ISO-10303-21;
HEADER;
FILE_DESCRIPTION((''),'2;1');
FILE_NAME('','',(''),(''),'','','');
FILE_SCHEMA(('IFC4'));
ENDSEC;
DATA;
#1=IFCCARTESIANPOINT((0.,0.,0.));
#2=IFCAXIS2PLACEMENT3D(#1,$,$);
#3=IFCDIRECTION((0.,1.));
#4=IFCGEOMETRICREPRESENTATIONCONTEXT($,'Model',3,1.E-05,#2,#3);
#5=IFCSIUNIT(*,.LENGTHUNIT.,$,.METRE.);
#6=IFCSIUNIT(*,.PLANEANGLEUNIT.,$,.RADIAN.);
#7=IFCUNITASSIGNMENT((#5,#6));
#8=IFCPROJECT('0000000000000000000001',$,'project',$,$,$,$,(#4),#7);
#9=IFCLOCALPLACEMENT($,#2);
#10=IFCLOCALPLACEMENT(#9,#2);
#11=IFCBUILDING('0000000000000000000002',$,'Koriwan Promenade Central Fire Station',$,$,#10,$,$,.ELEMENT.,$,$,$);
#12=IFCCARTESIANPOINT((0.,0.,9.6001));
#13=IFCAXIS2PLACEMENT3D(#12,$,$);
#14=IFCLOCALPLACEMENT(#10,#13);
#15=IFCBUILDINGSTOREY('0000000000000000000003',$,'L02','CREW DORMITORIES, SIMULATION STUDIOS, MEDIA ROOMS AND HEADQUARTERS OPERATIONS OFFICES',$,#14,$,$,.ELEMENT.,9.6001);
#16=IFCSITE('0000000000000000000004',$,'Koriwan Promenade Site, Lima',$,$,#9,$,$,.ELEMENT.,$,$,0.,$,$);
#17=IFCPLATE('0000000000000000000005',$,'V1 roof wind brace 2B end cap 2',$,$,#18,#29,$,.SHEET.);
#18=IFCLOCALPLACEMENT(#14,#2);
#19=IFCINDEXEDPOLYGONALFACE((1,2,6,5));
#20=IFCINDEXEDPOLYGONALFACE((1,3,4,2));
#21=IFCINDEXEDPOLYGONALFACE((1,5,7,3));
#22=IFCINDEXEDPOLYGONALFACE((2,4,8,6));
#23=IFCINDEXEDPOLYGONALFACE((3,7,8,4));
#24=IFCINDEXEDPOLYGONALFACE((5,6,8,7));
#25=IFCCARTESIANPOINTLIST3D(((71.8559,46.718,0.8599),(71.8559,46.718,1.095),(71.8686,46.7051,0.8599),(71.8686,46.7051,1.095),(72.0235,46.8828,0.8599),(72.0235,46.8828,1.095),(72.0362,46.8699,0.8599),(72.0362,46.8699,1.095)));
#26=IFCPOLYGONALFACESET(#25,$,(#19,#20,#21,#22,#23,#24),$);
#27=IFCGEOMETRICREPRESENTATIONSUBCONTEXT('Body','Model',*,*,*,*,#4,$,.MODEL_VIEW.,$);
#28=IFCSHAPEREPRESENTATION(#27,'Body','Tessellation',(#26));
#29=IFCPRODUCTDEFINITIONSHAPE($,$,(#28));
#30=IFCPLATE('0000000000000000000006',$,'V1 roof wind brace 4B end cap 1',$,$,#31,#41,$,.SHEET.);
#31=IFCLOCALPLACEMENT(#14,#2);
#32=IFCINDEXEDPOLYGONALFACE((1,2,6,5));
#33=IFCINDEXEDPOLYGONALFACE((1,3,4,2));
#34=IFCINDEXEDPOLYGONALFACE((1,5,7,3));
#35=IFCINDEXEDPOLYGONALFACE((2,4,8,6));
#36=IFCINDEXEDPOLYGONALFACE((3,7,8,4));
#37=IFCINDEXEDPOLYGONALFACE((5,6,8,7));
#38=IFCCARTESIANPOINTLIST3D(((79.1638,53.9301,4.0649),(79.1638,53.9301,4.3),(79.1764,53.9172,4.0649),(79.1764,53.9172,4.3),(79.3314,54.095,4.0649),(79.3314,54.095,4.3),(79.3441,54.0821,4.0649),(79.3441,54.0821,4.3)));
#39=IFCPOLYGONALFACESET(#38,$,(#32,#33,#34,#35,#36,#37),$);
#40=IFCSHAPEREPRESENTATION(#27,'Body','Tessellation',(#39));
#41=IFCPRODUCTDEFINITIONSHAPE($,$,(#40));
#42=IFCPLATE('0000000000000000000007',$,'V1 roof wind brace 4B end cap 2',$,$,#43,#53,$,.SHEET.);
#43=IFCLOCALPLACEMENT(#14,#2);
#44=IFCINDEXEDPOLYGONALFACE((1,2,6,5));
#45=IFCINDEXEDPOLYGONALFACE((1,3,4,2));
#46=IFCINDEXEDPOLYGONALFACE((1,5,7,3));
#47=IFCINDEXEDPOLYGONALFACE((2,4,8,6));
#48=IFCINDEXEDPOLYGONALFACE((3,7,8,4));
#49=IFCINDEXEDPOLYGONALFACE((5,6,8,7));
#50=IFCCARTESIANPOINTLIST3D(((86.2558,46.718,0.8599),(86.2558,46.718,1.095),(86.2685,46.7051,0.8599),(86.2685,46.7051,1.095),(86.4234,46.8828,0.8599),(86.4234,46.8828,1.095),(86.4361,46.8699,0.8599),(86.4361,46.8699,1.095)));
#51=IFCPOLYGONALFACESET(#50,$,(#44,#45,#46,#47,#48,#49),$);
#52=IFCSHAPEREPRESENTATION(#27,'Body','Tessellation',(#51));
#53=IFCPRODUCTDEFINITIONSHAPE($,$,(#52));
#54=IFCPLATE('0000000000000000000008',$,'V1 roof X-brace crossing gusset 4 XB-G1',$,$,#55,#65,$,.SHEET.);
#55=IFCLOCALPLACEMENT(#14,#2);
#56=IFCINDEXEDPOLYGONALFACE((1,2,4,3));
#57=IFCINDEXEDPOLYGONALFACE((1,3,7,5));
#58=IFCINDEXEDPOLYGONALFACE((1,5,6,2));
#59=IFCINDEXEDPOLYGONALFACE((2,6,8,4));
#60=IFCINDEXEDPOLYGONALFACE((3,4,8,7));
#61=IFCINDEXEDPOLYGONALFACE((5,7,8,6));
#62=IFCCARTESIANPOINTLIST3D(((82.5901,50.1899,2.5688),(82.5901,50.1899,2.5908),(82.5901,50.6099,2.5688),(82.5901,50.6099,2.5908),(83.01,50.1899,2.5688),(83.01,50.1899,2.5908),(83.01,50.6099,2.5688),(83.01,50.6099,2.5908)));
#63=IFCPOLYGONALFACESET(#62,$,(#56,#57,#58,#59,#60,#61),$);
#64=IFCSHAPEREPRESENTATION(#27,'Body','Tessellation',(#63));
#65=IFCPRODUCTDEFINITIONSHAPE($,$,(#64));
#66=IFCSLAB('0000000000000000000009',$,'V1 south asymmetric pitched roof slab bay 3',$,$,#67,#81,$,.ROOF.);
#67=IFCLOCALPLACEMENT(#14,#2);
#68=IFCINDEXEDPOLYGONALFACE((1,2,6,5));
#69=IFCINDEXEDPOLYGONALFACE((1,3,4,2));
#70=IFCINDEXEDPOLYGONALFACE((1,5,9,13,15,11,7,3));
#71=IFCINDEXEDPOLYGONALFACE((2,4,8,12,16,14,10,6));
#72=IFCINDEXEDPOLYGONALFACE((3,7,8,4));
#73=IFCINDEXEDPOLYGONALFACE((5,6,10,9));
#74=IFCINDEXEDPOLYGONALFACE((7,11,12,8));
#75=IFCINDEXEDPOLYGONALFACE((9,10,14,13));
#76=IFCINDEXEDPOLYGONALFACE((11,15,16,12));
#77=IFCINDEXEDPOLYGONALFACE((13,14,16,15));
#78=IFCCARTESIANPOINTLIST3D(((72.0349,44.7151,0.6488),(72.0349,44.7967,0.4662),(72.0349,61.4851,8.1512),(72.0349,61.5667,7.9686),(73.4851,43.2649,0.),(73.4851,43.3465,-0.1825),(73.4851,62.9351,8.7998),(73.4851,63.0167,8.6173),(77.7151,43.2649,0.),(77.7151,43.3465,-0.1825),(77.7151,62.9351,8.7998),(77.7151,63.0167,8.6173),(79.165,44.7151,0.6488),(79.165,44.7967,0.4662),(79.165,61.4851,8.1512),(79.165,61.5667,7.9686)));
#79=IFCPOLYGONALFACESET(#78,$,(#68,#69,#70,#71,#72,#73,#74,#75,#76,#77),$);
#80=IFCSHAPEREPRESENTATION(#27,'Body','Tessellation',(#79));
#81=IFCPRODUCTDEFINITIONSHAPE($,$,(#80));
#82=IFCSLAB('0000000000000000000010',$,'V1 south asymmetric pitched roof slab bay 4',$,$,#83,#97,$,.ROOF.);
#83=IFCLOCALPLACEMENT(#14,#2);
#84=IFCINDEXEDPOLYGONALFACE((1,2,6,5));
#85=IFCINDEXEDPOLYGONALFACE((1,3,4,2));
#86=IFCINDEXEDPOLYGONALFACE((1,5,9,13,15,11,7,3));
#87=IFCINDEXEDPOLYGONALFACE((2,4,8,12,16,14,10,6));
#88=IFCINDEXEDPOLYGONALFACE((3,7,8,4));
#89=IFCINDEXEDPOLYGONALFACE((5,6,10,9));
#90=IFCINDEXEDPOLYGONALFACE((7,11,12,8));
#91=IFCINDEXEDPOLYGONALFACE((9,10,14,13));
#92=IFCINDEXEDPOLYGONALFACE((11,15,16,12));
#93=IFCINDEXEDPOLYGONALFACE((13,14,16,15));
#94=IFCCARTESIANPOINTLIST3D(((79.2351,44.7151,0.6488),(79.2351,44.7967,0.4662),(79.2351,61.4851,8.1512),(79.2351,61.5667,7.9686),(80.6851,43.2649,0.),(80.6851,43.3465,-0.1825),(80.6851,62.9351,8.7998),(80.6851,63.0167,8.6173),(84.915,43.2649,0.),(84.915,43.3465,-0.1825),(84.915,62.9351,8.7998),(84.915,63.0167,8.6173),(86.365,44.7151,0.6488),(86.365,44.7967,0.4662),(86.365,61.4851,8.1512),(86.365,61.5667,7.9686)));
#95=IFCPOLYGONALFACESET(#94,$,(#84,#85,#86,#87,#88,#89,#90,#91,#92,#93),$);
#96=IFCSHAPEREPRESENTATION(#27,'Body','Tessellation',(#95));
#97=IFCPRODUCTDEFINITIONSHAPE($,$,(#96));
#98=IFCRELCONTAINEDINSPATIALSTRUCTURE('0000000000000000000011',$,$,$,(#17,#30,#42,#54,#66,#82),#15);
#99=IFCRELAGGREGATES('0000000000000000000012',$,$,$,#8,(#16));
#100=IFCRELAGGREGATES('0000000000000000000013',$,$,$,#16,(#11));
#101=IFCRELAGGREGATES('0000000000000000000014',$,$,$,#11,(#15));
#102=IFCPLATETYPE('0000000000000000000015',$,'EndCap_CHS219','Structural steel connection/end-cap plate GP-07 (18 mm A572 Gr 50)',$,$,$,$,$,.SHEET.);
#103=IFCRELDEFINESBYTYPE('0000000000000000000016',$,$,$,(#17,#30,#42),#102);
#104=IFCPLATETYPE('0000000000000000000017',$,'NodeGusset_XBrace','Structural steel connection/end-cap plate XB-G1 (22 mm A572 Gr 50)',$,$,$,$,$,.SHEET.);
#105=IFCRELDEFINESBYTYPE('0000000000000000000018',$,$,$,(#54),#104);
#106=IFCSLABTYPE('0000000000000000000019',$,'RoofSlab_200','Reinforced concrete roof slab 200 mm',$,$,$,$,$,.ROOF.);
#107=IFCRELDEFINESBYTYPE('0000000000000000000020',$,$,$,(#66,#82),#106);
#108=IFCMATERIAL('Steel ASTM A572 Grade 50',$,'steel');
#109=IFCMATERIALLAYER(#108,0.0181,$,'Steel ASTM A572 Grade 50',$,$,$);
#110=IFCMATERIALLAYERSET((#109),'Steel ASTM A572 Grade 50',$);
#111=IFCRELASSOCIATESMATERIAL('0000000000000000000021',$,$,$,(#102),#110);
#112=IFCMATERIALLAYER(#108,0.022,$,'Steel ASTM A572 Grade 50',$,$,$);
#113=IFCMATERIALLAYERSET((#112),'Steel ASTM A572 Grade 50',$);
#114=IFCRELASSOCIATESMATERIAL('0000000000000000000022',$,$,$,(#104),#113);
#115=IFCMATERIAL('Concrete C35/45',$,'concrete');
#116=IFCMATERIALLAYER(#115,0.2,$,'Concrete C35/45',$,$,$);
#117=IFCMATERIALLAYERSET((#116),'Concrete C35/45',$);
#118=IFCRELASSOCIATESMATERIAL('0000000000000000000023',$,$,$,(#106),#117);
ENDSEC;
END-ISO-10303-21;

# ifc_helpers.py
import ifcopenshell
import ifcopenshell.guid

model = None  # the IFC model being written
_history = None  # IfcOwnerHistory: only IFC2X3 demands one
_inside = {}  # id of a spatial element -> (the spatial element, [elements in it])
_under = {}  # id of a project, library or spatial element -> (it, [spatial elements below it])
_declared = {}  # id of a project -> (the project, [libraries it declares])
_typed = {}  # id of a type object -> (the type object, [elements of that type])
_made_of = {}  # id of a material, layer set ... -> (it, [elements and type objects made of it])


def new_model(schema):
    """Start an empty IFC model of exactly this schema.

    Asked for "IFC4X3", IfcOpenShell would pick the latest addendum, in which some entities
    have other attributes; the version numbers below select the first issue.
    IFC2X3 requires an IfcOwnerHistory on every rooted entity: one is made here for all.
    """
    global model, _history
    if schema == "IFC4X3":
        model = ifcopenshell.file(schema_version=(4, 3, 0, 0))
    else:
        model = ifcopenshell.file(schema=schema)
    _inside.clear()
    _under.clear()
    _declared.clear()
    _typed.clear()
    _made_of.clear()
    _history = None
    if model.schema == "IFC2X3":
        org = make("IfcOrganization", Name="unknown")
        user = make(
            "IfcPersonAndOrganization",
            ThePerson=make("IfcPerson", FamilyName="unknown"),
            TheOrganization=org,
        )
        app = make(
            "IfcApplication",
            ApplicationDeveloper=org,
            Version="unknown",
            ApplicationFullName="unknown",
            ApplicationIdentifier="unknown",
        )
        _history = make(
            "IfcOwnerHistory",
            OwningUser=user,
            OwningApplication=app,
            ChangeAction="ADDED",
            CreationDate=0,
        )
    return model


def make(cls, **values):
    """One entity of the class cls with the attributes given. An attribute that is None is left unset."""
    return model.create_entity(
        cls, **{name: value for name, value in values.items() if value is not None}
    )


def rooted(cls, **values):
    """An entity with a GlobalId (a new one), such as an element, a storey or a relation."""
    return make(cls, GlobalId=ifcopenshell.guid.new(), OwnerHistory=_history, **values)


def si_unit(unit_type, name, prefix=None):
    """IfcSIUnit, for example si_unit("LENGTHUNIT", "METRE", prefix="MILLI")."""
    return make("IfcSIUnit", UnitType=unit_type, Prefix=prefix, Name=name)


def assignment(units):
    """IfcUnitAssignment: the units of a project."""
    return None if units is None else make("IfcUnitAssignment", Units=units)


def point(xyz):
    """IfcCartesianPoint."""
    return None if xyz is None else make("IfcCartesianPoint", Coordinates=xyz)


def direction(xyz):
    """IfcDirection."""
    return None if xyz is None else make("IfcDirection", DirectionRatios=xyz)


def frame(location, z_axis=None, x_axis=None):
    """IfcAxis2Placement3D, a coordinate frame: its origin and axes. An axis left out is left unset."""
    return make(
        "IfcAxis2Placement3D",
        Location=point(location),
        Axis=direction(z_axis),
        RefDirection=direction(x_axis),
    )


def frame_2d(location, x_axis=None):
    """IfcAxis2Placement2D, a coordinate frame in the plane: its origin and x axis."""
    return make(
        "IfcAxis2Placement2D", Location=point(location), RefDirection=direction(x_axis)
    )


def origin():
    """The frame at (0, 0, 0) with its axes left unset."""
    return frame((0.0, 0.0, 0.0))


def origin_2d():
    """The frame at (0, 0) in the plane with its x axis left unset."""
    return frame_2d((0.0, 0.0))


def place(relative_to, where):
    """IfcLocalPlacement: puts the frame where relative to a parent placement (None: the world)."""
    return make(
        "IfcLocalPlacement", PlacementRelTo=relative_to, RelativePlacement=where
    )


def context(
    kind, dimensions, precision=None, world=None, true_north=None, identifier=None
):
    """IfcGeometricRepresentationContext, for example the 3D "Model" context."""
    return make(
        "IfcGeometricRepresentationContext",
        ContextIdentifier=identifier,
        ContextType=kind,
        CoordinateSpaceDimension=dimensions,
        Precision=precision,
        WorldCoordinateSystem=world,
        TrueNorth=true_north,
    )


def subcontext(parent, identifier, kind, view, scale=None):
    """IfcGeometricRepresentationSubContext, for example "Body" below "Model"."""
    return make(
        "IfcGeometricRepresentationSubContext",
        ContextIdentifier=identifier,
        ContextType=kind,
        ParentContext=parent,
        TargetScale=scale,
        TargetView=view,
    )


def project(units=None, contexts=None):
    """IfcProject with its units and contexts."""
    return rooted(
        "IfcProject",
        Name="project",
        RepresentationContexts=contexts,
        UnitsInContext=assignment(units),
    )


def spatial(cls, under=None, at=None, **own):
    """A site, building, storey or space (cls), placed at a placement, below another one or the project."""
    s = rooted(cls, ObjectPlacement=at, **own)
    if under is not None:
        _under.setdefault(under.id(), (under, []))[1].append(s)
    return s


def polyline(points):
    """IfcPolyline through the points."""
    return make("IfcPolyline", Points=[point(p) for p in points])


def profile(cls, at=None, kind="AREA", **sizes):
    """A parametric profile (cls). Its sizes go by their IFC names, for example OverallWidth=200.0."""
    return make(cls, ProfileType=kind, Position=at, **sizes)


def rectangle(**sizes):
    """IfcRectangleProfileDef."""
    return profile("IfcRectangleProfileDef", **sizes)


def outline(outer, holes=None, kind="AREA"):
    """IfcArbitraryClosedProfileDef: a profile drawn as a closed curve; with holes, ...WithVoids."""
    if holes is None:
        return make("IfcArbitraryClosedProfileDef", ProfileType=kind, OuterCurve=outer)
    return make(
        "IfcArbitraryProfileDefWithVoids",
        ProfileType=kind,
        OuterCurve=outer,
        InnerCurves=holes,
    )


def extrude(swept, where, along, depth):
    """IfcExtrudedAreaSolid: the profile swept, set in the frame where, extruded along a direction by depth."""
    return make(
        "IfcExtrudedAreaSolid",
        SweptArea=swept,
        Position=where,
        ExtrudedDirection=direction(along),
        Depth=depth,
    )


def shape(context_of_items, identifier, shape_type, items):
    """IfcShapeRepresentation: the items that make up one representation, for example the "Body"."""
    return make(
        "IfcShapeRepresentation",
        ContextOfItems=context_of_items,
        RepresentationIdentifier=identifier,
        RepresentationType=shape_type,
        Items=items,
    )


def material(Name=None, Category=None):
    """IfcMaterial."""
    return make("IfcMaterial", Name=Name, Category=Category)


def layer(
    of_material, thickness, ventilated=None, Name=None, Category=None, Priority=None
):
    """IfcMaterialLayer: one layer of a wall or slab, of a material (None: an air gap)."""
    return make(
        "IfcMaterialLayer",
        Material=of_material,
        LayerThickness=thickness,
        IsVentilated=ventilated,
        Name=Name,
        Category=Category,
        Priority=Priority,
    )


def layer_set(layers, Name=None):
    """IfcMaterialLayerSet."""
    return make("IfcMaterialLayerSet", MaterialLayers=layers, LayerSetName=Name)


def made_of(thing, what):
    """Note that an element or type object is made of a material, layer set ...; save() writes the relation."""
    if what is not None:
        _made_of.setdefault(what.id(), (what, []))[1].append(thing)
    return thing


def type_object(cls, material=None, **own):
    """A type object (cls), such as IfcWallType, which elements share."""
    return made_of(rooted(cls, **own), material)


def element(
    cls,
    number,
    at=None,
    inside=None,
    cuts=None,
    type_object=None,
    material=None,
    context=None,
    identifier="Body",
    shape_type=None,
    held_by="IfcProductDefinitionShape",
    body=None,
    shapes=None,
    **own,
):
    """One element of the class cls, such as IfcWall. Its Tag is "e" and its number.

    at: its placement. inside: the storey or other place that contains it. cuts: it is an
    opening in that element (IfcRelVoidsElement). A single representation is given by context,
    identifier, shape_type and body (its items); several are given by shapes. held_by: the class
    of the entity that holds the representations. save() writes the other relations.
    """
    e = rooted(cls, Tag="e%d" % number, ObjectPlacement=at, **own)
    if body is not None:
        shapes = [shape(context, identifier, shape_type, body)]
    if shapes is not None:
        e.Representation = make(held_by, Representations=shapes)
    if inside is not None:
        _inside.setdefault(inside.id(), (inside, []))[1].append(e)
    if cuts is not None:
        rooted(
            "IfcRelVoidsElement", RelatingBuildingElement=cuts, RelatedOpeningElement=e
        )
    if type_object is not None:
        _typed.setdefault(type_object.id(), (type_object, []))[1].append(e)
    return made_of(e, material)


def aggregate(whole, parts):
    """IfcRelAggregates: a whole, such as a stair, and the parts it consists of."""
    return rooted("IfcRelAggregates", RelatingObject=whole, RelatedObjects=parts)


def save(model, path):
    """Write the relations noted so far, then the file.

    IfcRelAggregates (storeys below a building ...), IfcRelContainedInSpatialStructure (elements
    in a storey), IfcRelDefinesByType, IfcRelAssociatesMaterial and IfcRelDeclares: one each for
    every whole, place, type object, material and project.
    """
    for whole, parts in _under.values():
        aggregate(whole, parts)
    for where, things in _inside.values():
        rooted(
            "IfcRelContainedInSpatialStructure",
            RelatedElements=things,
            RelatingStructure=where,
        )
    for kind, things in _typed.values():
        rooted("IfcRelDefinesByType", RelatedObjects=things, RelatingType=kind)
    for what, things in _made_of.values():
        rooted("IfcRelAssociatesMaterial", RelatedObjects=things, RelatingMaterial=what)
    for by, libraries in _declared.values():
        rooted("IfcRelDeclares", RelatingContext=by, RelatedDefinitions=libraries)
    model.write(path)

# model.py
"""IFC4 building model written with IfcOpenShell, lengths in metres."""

from ifc_helpers import new_model, si_unit, direction, frame, origin, origin_2d, place, context, subcontext, project, spatial, polyline, rectangle, outline, extrude, material, layer, layer_set, type_object, element, save


model = new_model("IFC4")

# Units and contexts
model_context = context("Model", 3, precision=1e-05, world=origin(), true_north=direction((0.0, 1.0)))
body_context = subcontext(model_context, "Body", "Model", "MODEL_VIEW")
ifc_project = project(units=[si_unit("LENGTHUNIT", "METRE"), si_unit("PLANEANGLEUNIT", "RADIAN")], contexts=[model_context])

# Site, building, storey
site_placement = place(None, origin())
site = spatial("IfcSite", under=ifc_project, at=site_placement, Name="Koriwan Promenade Site, Lima", CompositionType="ELEMENT", RefElevation=0.0)
building_placement = place(site_placement, origin())
building = spatial("IfcBuilding", under=site, at=building_placement, Name="Koriwan Promenade Central Fire Station", CompositionType="ELEMENT")
storey_placement = place(building_placement, frame((0.0, 0.0, 9.6001)))
storey = spatial("IfcBuildingStorey", under=building, at=storey_placement, Name="L02", Description="CREW DORMITORIES, SIMULATION STUDIOS, MEDIA ROOMS AND HEADQUARTERS OPERATIONS OFFICES", CompositionType="ELEMENT", Elevation=9.6001)

# Plates
ifc_material_1 = material(Name="Steel ASTM A572 Grade 50", Category="steel")
ifc_layer_1 = layer(ifc_material_1, 0.0181, Name="Steel ASTM A572 Grade 50")
ifc_layer_set_1 = layer_set([ifc_layer_1], Name="Steel ASTM A572 Grade 50")
plate_type_1 = type_object("IfcPlateType", Name="EndCap_CHS219", Description="Structural steel connection/end-cap plate GP-07 (18 mm A572 Gr 50)", PredefinedType="SHEET", material=ifc_layer_set_1)
for number, where, z_axis, x_axis, name in (
    (1, (71.946, 46.7939, 0.8599), (0.0, 0.0, 1.0), (0.701158, -0.713006, 0.0), "V1 roof wind brace 2B end cap 2"),
    (2, (79.2539, 54.0061, 4.0649), (0.0, 0.0, 1.0), (0.701158, -0.713006, 0.0), "V1 roof wind brace 4B end cap 1"),
    (3, (86.3459, 46.7939, 0.8599), (0.0, 0.0, 1.0), (0.701158, -0.713006, 0.0), "V1 roof wind brace 4B end cap 2"),
):
    element("IfcPlate", number, at=place(storey_placement, frame(where, z_axis=z_axis, x_axis=x_axis)), inside=storey, type_object=plate_type_1, Name=name, PredefinedType="SHEET", context=body_context, shape_type="SweptSolid", body=[
        extrude(rectangle(XDim=0.0181, YDim=0.2351, at=origin_2d()), origin(), (0.0, 0.0, 1.0), 0.2351),
    ])
ifc_layer_2 = layer(ifc_material_1, 0.022, Name="Steel ASTM A572 Grade 50")
ifc_layer_set_2 = layer_set([ifc_layer_2], Name="Steel ASTM A572 Grade 50")
plate_type_2 = type_object("IfcPlateType", Name="NodeGusset_XBrace", Description="Structural steel connection/end-cap plate XB-G1 (22 mm A572 Gr 50)", PredefinedType="SHEET", material=ifc_layer_set_2)
plate_placement = place(storey_placement, frame((82.8, 50.3999, 2.5688), z_axis=(0.0, 0.0, 1.0), x_axis=(1.0, 0.0, 0.0)))
element("IfcPlate", 4, at=plate_placement, inside=storey, type_object=plate_type_2, Name="V1 roof X-brace crossing gusset 4 XB-G1", PredefinedType="SHEET", context=body_context, shape_type="SweptSolid", body=[
    extrude(rectangle(XDim=0.4199, YDim=0.4199, at=origin_2d()), origin(), (0.0, 0.0, 1.0), 0.022),
])

# Slabs
ifc_material_2 = material(Name="Concrete C35/45", Category="concrete")
ifc_layer_3 = layer(ifc_material_2, 0.2, Name="Concrete C35/45")
ifc_layer_set_3 = layer_set([ifc_layer_3], Name="Concrete C35/45")
slab_type = type_object("IfcSlabType", Name="RoofSlab_200", Description="Reinforced concrete roof slab 200 mm", PredefinedType="ROOF", material=ifc_layer_set_3)
slab_1_placement = place(storey_placement, frame((73.4851, 43.2649, 0.0), z_axis=(0.0, -0.408366, 0.912818), x_axis=(1.0, 0.0, 0.0)))
element("IfcSlab", 5, at=slab_1_placement, inside=storey, type_object=slab_type, Name="V1 south asymmetric pitched roof slab bay 3", PredefinedType="ROOF", context=body_context, shape_type="SweptSolid", body=[
    extrude(outline(polyline([(0.0, 0.0), (4.23, 0.0), (5.6799, 1.5887), (5.6799, 19.9604), (4.23, 21.5488), (0.0, 21.5488), (-1.4502, 19.9604), (-1.4502, 1.5887), (0.0, 0.0)])), origin(), (0.0, 0.0, -1.0), 0.2),
])
slab_2_placement = place(storey_placement, frame((80.6851, 43.2649, 0.0), z_axis=(0.0, -0.408366, 0.912818), x_axis=(1.0, 0.0, 0.0)))
element("IfcSlab", 6, at=slab_2_placement, inside=storey, type_object=slab_type, Name="V1 south asymmetric pitched roof slab bay 4", PredefinedType="ROOF", context=body_context, shape_type="SweptSolid", body=[
    extrude(outline(polyline([(0.0, 0.0), (4.23, 0.0), (5.6799, 1.5887), (5.6799, 19.9604), (4.23, 21.5488), (0.0, 21.5488), (-1.45, 19.9604), (-1.45, 1.5887), (0.0, 0.0)])), origin(), (0.0, 0.0, -1.0), 0.2),
])

save(model, "model.ifc")
